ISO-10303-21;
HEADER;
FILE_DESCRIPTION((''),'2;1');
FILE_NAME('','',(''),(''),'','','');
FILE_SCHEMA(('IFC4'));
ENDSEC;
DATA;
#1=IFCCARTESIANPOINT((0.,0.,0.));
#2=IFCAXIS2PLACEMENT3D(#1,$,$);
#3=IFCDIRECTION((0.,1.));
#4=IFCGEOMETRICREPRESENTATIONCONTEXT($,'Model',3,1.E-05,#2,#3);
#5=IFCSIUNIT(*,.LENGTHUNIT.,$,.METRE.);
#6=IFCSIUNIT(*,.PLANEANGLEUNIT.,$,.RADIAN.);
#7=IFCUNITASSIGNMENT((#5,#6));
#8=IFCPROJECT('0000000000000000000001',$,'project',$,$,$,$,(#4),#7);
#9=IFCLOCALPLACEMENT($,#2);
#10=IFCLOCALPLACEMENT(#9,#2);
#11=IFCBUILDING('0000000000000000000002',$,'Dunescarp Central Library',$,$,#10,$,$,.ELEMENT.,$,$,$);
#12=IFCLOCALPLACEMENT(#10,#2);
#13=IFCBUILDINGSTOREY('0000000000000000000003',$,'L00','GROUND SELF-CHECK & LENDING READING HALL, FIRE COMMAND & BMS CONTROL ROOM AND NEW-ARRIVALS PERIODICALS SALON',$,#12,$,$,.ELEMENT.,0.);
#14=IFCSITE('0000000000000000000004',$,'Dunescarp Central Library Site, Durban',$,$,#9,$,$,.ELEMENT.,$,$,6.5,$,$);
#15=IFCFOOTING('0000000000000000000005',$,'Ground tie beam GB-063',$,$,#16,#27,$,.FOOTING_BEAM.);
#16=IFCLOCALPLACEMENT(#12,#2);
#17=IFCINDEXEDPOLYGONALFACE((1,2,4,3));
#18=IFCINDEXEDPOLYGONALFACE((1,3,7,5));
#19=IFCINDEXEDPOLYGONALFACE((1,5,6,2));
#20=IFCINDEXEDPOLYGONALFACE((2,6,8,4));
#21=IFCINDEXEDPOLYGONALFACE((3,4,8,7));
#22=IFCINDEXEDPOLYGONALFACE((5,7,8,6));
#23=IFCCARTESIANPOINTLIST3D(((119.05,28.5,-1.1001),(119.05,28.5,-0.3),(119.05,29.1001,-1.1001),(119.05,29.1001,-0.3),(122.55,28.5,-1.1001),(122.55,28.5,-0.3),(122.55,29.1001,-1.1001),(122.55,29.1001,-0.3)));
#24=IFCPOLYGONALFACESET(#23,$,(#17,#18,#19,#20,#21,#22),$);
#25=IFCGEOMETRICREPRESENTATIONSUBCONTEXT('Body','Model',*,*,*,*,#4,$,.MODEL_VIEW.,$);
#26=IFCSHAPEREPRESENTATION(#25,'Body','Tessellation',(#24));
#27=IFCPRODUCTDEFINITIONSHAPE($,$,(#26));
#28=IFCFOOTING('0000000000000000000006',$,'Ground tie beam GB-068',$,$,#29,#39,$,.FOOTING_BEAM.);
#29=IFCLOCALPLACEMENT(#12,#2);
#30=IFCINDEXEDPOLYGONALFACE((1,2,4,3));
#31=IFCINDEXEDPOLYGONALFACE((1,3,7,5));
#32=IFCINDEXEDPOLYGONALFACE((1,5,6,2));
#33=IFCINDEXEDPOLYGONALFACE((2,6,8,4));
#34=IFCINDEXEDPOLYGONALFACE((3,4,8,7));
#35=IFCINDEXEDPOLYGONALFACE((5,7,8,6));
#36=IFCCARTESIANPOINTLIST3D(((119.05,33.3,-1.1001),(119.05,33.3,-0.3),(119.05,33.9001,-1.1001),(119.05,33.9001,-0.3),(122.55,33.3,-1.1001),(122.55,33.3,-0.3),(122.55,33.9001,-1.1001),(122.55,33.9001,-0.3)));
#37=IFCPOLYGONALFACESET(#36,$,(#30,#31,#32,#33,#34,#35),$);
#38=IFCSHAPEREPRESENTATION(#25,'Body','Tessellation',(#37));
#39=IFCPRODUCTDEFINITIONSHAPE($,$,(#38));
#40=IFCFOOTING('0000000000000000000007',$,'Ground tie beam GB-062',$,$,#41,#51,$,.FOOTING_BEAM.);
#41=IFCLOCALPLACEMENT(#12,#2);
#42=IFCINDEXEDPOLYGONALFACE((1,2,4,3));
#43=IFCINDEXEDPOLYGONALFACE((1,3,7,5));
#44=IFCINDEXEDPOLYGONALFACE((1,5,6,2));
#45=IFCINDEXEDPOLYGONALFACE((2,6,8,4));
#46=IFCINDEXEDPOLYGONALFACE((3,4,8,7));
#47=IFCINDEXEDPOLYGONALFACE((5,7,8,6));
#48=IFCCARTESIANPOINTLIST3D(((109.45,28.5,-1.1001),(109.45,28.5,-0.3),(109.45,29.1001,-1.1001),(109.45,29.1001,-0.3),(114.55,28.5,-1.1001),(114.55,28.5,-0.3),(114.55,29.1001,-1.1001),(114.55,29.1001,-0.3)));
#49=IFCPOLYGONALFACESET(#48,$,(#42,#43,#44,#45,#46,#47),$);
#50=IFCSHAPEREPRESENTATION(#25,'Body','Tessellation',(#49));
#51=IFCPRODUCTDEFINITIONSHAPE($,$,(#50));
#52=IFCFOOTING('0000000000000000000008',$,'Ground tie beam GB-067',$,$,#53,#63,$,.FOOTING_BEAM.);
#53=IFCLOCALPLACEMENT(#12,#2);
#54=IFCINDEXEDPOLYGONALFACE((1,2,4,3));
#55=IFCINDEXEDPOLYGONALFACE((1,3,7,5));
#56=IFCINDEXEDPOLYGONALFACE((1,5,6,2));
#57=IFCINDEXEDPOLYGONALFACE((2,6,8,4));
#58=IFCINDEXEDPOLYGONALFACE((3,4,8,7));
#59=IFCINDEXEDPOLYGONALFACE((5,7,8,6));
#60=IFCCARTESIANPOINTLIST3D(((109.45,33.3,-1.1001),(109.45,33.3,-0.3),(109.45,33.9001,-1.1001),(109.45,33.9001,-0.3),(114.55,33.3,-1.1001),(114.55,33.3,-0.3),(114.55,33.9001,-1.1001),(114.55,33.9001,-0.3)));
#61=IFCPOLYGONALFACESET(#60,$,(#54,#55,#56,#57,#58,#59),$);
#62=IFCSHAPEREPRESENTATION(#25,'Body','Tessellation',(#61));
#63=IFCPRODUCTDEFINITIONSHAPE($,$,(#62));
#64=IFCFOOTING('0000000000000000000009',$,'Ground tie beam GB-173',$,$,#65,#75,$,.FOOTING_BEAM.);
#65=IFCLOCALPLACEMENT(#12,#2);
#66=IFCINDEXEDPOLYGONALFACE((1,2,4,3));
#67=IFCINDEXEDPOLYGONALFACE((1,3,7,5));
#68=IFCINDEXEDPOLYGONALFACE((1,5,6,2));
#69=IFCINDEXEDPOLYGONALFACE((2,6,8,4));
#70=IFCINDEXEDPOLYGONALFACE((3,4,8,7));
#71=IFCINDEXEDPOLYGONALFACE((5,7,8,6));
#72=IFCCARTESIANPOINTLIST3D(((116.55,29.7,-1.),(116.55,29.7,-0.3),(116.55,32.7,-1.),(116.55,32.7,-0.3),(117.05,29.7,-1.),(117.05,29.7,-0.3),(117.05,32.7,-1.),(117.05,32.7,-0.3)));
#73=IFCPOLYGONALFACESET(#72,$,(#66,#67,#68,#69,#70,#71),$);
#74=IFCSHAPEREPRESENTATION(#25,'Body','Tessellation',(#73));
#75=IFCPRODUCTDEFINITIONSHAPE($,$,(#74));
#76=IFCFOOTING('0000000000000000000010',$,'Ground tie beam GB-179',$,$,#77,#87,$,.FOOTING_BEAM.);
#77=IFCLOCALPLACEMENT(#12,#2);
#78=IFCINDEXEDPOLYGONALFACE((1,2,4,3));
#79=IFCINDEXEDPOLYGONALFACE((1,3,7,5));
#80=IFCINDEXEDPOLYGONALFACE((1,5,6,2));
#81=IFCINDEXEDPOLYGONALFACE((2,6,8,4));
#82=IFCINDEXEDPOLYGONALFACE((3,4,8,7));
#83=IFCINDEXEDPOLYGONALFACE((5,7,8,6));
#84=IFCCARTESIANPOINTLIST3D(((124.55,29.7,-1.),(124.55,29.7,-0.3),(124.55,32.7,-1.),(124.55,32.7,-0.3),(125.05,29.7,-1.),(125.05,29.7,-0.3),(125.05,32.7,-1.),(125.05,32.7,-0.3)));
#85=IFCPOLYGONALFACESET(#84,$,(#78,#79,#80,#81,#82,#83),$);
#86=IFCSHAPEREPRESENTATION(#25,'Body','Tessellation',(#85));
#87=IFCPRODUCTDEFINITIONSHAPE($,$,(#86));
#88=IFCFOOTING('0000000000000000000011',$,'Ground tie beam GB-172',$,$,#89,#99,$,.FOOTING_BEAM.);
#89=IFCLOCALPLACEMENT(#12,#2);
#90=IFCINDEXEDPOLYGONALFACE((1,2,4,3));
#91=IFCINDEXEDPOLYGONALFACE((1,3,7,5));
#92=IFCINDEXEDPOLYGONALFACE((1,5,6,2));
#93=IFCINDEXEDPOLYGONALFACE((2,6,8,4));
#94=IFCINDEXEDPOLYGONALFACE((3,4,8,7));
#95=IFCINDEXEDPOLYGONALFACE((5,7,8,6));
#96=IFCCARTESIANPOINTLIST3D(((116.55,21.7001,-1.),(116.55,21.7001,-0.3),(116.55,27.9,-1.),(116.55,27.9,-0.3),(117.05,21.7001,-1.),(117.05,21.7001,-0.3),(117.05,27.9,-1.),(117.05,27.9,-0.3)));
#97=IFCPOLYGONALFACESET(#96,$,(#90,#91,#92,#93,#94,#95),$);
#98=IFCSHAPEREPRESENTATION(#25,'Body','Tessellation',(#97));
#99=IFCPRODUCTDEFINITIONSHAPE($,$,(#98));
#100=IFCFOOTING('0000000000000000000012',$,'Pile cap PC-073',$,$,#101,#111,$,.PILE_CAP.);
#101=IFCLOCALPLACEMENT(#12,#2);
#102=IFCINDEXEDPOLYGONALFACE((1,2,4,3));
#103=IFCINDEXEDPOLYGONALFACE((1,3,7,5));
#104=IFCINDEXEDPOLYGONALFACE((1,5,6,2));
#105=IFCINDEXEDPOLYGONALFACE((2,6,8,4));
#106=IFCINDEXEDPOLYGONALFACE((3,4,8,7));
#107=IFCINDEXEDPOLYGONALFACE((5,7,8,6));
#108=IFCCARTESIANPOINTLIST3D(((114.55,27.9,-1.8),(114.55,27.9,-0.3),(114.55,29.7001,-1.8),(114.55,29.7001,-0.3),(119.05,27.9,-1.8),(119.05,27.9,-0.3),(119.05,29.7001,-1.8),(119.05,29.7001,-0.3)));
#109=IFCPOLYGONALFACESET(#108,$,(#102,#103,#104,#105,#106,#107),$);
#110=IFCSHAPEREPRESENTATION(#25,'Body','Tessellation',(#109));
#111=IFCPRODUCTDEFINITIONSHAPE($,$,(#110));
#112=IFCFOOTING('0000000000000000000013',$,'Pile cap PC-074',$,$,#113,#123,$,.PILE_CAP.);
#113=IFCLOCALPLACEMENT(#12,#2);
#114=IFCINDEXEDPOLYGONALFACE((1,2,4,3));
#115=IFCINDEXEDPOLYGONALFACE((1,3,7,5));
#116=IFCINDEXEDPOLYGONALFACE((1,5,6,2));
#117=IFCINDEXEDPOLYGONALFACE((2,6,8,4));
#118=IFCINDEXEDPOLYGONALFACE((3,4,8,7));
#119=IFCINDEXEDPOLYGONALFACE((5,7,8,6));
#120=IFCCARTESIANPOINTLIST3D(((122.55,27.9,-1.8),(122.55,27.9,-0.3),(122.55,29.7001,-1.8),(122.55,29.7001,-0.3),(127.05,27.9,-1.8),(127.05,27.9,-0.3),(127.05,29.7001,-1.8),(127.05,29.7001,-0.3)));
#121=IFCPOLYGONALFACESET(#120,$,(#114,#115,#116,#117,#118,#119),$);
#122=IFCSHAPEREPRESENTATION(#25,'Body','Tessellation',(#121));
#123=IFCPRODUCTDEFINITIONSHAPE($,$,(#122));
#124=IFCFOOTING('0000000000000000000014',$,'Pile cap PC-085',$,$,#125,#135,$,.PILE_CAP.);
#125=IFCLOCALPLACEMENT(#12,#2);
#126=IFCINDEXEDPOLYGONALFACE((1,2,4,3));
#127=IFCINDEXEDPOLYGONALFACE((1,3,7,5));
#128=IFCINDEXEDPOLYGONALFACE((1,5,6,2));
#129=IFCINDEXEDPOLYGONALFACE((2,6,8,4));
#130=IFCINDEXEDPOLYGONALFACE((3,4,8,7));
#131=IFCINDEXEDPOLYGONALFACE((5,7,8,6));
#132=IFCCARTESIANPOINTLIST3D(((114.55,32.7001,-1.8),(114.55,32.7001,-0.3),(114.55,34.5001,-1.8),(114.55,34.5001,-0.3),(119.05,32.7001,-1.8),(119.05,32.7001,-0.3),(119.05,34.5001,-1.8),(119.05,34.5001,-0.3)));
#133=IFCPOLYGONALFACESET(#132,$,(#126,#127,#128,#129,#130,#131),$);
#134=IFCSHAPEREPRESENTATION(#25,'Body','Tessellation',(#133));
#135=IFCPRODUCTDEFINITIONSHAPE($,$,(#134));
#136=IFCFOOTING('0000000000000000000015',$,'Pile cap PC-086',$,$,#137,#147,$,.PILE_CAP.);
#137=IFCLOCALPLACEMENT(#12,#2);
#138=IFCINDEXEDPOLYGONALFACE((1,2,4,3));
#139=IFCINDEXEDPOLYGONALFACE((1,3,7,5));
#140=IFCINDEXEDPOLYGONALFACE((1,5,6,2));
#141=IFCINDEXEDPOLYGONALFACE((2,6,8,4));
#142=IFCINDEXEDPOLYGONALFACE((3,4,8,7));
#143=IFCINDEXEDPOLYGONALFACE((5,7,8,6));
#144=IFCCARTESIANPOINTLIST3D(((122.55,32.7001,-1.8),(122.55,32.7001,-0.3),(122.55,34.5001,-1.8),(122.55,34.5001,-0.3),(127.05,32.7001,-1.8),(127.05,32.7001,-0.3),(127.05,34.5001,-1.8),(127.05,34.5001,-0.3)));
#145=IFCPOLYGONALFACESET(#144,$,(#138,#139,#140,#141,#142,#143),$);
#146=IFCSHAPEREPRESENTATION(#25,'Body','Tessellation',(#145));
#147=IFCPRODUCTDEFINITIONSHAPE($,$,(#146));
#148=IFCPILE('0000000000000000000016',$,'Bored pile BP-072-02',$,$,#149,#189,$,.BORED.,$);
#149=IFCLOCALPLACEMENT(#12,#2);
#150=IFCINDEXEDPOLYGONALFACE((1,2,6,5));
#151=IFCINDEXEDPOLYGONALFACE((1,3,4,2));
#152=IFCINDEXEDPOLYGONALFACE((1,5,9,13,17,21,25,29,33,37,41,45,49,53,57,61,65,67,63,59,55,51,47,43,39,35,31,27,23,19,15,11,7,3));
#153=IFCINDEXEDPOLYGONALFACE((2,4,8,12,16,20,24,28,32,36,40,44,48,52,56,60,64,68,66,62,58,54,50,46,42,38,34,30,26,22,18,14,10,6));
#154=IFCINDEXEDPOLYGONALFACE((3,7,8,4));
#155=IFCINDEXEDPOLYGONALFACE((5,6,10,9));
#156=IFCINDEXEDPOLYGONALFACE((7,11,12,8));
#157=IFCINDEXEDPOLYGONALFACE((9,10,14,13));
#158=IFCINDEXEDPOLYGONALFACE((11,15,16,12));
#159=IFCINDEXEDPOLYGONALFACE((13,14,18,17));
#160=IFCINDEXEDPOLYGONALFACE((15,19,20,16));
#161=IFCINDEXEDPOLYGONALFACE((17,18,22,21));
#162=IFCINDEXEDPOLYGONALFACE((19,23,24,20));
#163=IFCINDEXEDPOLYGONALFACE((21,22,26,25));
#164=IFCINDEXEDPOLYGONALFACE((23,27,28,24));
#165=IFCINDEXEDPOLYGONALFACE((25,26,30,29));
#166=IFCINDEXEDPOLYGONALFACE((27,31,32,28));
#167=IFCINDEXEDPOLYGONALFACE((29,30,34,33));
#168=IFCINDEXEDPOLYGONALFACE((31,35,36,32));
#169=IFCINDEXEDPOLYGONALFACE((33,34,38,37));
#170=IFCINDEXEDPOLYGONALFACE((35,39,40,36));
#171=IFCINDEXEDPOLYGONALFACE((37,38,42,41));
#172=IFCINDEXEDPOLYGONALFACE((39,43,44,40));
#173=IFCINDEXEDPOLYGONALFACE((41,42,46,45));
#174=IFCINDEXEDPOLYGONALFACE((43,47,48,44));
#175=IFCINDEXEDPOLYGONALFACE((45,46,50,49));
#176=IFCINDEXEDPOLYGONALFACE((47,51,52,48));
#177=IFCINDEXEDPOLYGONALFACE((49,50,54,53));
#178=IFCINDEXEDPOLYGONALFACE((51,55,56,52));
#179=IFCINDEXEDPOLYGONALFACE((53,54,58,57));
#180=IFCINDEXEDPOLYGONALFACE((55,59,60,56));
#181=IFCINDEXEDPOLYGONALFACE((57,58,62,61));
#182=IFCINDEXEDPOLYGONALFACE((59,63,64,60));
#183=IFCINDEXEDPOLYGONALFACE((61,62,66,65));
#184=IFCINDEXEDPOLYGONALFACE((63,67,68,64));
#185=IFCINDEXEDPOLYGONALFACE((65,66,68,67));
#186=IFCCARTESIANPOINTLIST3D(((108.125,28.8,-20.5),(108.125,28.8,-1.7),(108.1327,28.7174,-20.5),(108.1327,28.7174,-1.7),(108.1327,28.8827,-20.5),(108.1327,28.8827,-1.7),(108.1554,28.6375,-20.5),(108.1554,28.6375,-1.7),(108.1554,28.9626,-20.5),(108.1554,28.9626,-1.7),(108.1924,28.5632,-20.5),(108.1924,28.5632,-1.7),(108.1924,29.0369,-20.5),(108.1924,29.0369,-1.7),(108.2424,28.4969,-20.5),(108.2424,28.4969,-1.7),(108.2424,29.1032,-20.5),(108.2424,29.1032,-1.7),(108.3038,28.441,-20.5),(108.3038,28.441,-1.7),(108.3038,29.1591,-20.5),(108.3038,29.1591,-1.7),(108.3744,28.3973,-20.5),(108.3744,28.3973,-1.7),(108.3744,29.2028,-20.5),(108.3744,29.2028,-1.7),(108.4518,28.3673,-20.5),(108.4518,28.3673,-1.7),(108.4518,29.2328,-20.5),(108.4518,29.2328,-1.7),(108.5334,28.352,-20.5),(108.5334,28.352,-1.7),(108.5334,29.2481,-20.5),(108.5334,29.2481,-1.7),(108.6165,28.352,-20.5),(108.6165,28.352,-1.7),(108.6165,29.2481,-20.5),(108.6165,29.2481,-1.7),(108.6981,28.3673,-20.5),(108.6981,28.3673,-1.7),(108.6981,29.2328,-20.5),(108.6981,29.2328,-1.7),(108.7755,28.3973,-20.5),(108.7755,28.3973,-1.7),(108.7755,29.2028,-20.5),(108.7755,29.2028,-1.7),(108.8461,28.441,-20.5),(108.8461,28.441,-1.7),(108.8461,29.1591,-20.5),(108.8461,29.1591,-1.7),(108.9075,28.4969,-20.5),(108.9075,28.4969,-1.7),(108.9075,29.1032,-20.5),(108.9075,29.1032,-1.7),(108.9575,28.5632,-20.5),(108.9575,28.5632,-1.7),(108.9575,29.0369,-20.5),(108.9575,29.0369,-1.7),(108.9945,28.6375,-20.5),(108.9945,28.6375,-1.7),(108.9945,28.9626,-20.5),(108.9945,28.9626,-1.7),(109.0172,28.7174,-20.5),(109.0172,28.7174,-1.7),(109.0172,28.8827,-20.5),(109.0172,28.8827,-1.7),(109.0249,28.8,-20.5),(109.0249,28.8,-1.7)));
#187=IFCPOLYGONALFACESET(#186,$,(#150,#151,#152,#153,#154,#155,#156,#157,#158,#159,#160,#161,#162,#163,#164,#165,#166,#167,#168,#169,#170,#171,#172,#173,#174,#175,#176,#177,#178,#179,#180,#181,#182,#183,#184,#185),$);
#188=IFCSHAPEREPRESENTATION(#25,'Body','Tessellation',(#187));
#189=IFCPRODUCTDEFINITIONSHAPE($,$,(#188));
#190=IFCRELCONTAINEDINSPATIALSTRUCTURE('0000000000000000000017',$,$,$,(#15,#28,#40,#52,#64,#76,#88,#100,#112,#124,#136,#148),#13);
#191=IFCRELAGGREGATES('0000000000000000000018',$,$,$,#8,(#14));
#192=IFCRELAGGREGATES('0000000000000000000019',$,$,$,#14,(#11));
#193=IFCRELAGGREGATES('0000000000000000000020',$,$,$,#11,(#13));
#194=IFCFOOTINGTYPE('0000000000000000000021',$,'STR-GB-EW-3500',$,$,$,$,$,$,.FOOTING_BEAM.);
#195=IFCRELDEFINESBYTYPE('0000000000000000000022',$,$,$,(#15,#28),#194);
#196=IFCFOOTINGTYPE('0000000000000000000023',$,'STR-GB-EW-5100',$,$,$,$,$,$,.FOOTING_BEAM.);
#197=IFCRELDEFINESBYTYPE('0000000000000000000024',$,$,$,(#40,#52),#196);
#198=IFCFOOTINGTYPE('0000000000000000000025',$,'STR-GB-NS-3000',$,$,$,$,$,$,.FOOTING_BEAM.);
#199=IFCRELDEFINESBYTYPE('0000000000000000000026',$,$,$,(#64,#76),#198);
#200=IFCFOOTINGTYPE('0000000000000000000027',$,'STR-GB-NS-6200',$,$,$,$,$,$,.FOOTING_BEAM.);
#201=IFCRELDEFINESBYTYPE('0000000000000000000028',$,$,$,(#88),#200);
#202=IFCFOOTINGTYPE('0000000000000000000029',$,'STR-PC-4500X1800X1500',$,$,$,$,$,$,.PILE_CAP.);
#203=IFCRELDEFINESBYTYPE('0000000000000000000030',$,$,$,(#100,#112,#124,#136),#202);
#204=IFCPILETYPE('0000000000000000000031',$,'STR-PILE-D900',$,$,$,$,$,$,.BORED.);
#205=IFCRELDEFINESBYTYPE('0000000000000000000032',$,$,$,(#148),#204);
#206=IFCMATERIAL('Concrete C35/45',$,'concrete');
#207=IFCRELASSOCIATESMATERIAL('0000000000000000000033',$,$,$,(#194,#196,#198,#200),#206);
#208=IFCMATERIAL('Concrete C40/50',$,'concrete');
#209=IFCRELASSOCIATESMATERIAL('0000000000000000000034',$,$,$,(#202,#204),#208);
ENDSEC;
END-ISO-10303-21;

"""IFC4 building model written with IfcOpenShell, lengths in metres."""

from ifc_helpers import new_model, si_unit, direction, frame, origin, origin_2d, place, context, subcontext, project, spatial, rectangle, circle, extrude, material, material_profile, profile_set, type_object, element, save


model = new_model("IFC4")

# Units and contexts
model_context = context("Model", 3, precision=1e-05, world=origin(), true_north=direction((0.0, 1.0)))
body_context = subcontext(model_context, "Body", "Model", "MODEL_VIEW")
ifc_project = project(units=[si_unit("LENGTHUNIT", "METRE"), si_unit("PLANEANGLEUNIT", "RADIAN")], contexts=[model_context])

# Site, building, storey
site_placement = place(None, origin())
site = spatial("IfcSite", under=ifc_project, at=site_placement, Name="Dunescarp Central Library Site, Durban", CompositionType="ELEMENT", RefElevation=6.5)
building_placement = place(site_placement, origin())
building = spatial("IfcBuilding", under=site, at=building_placement, Name="Dunescarp Central Library", CompositionType="ELEMENT")
storey_placement = place(building_placement, origin())
storey = spatial("IfcBuildingStorey", under=building, at=storey_placement, Name="L00", Description="GROUND SELF-CHECK & LENDING READING HALL, FIRE COMMAND & BMS CONTROL ROOM AND NEW-ARRIVALS PERIODICALS SALON", CompositionType="ELEMENT", Elevation=0.0)

# Footings
ifc_material_1 = material(Name="Concrete C35/45", Category="concrete")
footing_type_1 = type_object("IfcFootingType", Name="STR-GB-EW-3500", PredefinedType="FOOTING_BEAM", material=ifc_material_1)
for number, where, z_axis, x_axis, name in (
    (1, (120.8, 28.8, -1.1001), (0.0, 0.0, 1.0), (1.0, 0.0, 0.0), "Ground tie beam GB-063"),
    (2, (120.8, 33.6001, -1.1001), (0.0, 0.0, 1.0), (1.0, 0.0, 0.0), "Ground tie beam GB-068"),
):
    element("IfcFooting", number, at=place(storey_placement, frame(where, z_axis=z_axis, x_axis=x_axis)), inside=storey, type_object=footing_type_1, Name=name, PredefinedType="FOOTING_BEAM", context=body_context, shape_type="SweptSolid", body=[
        extrude(rectangle(XDim=3.5, YDim=0.6001, at=origin_2d()), origin(), (0.0, 0.0, 1.0), 0.8),
    ])
footing_type_2 = type_object("IfcFootingType", Name="STR-GB-EW-5100", PredefinedType="FOOTING_BEAM", material=ifc_material_1)
for number, where, z_axis, x_axis, name in (
    (3, (112.0, 28.8, -1.1001), (0.0, 0.0, 1.0), (1.0, 0.0, 0.0), "Ground tie beam GB-062"),
    (4, (112.0, 33.6001, -1.1001), (0.0, 0.0, 1.0), (1.0, 0.0, 0.0), "Ground tie beam GB-067"),
):
    element("IfcFooting", number, at=place(storey_placement, frame(where, z_axis=z_axis, x_axis=x_axis)), inside=storey, type_object=footing_type_2, Name=name, PredefinedType="FOOTING_BEAM", context=body_context, shape_type="SweptSolid", body=[
        extrude(rectangle(XDim=5.1001, YDim=0.6001, at=origin_2d()), origin(), (0.0, 0.0, 1.0), 0.8),
    ])
footing_type_3 = type_object("IfcFootingType", Name="STR-GB-NS-3000", PredefinedType="FOOTING_BEAM", material=ifc_material_1)
for number, where, z_axis, x_axis, name in (
    (5, (116.8, 31.2, -1.0), (0.0, 0.0, 1.0), (0.0, 1.0, 0.0), "Ground tie beam GB-173"),
    (6, (124.8, 31.2, -1.0), (0.0, 0.0, 1.0), (0.0, 1.0, 0.0), "Ground tie beam GB-179"),
):
    element("IfcFooting", number, at=place(storey_placement, frame(where, z_axis=z_axis, x_axis=x_axis)), inside=storey, type_object=footing_type_3, Name=name, PredefinedType="FOOTING_BEAM", context=body_context, shape_type="SweptSolid", body=[
        extrude(rectangle(XDim=3.0, YDim=0.5, at=origin_2d()), origin(), (0.0, 0.0, 1.0), 0.7),
    ])
footing_type_4 = type_object("IfcFootingType", Name="STR-GB-NS-6200", PredefinedType="FOOTING_BEAM", material=ifc_material_1)
footing_placement = place(storey_placement, frame((116.8, 24.8, -1.0), z_axis=(0.0, 0.0, 1.0), x_axis=(0.0, 1.0, 0.0)))
element("IfcFooting", 7, at=footing_placement, inside=storey, type_object=footing_type_4, Name="Ground tie beam GB-172", PredefinedType="FOOTING_BEAM", context=body_context, shape_type="SweptSolid", body=[
    extrude(rectangle(XDim=6.2, YDim=0.5, at=origin_2d()), origin(), (0.0, 0.0, 1.0), 0.7),
])
ifc_material_2 = material(Name="Concrete C40/50", Category="concrete")
footing_type_5 = type_object("IfcFootingType", Name="STR-PC-4500X1800X1500", PredefinedType="PILE_CAP", material=ifc_material_2)
for number, where, z_axis, x_axis, name in (
    (8, (116.8, 28.8, -1.8), (0.0, 0.0, 1.0), (1.0, 0.0, 0.0), "Pile cap PC-073"),
    (9, (124.8, 28.8, -1.8), (0.0, 0.0, 1.0), (1.0, 0.0, 0.0), "Pile cap PC-074"),
    (10, (116.8, 33.6001, -1.8), (0.0, 0.0, 1.0), (1.0, 0.0, 0.0), "Pile cap PC-085"),
    (11, (124.8, 33.6001, -1.8), (0.0, 0.0, 1.0), (1.0, 0.0, 0.0), "Pile cap PC-086"),
):
    element("IfcFooting", number, at=place(storey_placement, frame(where, z_axis=z_axis, x_axis=x_axis)), inside=storey, type_object=footing_type_5, Name=name, PredefinedType="PILE_CAP", context=body_context, shape_type="SweptSolid", body=[
        extrude(rectangle(XDim=4.5, YDim=1.8, at=origin_2d()), origin(), (0.0, 0.0, 1.0), 1.5),
    ])

# Pile
ifc_material_profile_1 = material_profile(ifc_material_2, circle(Radius=0.45, at=origin_2d()), Name="PILE D900")
ifc_profile_set_1 = profile_set([ifc_material_profile_1], Name="Concrete C40/50")
pile_type = type_object("IfcPileType", Name="STR-PILE-D900", PredefinedType="BORED", material=ifc_profile_set_1)
for number, where, z_axis, x_axis, name in (
    (12, (108.575, 28.8, -1.7), (0.0, 0.0, -1.0), (1.0, 0.0, 0.0), "Bored pile BP-072-02"),
):
    element("IfcPile", number, at=place(storey_placement, frame(where, z_axis=z_axis, x_axis=x_axis)), inside=storey, type_object=pile_type, Name=name, PredefinedType="BORED", context=body_context, shape_type="SweptSolid", body=[
        extrude(circle(Radius=0.45, at=origin_2d()), origin(), (0.0, 0.0, 1.0), 18.8),
    ])

save(model, "model.ifc")
